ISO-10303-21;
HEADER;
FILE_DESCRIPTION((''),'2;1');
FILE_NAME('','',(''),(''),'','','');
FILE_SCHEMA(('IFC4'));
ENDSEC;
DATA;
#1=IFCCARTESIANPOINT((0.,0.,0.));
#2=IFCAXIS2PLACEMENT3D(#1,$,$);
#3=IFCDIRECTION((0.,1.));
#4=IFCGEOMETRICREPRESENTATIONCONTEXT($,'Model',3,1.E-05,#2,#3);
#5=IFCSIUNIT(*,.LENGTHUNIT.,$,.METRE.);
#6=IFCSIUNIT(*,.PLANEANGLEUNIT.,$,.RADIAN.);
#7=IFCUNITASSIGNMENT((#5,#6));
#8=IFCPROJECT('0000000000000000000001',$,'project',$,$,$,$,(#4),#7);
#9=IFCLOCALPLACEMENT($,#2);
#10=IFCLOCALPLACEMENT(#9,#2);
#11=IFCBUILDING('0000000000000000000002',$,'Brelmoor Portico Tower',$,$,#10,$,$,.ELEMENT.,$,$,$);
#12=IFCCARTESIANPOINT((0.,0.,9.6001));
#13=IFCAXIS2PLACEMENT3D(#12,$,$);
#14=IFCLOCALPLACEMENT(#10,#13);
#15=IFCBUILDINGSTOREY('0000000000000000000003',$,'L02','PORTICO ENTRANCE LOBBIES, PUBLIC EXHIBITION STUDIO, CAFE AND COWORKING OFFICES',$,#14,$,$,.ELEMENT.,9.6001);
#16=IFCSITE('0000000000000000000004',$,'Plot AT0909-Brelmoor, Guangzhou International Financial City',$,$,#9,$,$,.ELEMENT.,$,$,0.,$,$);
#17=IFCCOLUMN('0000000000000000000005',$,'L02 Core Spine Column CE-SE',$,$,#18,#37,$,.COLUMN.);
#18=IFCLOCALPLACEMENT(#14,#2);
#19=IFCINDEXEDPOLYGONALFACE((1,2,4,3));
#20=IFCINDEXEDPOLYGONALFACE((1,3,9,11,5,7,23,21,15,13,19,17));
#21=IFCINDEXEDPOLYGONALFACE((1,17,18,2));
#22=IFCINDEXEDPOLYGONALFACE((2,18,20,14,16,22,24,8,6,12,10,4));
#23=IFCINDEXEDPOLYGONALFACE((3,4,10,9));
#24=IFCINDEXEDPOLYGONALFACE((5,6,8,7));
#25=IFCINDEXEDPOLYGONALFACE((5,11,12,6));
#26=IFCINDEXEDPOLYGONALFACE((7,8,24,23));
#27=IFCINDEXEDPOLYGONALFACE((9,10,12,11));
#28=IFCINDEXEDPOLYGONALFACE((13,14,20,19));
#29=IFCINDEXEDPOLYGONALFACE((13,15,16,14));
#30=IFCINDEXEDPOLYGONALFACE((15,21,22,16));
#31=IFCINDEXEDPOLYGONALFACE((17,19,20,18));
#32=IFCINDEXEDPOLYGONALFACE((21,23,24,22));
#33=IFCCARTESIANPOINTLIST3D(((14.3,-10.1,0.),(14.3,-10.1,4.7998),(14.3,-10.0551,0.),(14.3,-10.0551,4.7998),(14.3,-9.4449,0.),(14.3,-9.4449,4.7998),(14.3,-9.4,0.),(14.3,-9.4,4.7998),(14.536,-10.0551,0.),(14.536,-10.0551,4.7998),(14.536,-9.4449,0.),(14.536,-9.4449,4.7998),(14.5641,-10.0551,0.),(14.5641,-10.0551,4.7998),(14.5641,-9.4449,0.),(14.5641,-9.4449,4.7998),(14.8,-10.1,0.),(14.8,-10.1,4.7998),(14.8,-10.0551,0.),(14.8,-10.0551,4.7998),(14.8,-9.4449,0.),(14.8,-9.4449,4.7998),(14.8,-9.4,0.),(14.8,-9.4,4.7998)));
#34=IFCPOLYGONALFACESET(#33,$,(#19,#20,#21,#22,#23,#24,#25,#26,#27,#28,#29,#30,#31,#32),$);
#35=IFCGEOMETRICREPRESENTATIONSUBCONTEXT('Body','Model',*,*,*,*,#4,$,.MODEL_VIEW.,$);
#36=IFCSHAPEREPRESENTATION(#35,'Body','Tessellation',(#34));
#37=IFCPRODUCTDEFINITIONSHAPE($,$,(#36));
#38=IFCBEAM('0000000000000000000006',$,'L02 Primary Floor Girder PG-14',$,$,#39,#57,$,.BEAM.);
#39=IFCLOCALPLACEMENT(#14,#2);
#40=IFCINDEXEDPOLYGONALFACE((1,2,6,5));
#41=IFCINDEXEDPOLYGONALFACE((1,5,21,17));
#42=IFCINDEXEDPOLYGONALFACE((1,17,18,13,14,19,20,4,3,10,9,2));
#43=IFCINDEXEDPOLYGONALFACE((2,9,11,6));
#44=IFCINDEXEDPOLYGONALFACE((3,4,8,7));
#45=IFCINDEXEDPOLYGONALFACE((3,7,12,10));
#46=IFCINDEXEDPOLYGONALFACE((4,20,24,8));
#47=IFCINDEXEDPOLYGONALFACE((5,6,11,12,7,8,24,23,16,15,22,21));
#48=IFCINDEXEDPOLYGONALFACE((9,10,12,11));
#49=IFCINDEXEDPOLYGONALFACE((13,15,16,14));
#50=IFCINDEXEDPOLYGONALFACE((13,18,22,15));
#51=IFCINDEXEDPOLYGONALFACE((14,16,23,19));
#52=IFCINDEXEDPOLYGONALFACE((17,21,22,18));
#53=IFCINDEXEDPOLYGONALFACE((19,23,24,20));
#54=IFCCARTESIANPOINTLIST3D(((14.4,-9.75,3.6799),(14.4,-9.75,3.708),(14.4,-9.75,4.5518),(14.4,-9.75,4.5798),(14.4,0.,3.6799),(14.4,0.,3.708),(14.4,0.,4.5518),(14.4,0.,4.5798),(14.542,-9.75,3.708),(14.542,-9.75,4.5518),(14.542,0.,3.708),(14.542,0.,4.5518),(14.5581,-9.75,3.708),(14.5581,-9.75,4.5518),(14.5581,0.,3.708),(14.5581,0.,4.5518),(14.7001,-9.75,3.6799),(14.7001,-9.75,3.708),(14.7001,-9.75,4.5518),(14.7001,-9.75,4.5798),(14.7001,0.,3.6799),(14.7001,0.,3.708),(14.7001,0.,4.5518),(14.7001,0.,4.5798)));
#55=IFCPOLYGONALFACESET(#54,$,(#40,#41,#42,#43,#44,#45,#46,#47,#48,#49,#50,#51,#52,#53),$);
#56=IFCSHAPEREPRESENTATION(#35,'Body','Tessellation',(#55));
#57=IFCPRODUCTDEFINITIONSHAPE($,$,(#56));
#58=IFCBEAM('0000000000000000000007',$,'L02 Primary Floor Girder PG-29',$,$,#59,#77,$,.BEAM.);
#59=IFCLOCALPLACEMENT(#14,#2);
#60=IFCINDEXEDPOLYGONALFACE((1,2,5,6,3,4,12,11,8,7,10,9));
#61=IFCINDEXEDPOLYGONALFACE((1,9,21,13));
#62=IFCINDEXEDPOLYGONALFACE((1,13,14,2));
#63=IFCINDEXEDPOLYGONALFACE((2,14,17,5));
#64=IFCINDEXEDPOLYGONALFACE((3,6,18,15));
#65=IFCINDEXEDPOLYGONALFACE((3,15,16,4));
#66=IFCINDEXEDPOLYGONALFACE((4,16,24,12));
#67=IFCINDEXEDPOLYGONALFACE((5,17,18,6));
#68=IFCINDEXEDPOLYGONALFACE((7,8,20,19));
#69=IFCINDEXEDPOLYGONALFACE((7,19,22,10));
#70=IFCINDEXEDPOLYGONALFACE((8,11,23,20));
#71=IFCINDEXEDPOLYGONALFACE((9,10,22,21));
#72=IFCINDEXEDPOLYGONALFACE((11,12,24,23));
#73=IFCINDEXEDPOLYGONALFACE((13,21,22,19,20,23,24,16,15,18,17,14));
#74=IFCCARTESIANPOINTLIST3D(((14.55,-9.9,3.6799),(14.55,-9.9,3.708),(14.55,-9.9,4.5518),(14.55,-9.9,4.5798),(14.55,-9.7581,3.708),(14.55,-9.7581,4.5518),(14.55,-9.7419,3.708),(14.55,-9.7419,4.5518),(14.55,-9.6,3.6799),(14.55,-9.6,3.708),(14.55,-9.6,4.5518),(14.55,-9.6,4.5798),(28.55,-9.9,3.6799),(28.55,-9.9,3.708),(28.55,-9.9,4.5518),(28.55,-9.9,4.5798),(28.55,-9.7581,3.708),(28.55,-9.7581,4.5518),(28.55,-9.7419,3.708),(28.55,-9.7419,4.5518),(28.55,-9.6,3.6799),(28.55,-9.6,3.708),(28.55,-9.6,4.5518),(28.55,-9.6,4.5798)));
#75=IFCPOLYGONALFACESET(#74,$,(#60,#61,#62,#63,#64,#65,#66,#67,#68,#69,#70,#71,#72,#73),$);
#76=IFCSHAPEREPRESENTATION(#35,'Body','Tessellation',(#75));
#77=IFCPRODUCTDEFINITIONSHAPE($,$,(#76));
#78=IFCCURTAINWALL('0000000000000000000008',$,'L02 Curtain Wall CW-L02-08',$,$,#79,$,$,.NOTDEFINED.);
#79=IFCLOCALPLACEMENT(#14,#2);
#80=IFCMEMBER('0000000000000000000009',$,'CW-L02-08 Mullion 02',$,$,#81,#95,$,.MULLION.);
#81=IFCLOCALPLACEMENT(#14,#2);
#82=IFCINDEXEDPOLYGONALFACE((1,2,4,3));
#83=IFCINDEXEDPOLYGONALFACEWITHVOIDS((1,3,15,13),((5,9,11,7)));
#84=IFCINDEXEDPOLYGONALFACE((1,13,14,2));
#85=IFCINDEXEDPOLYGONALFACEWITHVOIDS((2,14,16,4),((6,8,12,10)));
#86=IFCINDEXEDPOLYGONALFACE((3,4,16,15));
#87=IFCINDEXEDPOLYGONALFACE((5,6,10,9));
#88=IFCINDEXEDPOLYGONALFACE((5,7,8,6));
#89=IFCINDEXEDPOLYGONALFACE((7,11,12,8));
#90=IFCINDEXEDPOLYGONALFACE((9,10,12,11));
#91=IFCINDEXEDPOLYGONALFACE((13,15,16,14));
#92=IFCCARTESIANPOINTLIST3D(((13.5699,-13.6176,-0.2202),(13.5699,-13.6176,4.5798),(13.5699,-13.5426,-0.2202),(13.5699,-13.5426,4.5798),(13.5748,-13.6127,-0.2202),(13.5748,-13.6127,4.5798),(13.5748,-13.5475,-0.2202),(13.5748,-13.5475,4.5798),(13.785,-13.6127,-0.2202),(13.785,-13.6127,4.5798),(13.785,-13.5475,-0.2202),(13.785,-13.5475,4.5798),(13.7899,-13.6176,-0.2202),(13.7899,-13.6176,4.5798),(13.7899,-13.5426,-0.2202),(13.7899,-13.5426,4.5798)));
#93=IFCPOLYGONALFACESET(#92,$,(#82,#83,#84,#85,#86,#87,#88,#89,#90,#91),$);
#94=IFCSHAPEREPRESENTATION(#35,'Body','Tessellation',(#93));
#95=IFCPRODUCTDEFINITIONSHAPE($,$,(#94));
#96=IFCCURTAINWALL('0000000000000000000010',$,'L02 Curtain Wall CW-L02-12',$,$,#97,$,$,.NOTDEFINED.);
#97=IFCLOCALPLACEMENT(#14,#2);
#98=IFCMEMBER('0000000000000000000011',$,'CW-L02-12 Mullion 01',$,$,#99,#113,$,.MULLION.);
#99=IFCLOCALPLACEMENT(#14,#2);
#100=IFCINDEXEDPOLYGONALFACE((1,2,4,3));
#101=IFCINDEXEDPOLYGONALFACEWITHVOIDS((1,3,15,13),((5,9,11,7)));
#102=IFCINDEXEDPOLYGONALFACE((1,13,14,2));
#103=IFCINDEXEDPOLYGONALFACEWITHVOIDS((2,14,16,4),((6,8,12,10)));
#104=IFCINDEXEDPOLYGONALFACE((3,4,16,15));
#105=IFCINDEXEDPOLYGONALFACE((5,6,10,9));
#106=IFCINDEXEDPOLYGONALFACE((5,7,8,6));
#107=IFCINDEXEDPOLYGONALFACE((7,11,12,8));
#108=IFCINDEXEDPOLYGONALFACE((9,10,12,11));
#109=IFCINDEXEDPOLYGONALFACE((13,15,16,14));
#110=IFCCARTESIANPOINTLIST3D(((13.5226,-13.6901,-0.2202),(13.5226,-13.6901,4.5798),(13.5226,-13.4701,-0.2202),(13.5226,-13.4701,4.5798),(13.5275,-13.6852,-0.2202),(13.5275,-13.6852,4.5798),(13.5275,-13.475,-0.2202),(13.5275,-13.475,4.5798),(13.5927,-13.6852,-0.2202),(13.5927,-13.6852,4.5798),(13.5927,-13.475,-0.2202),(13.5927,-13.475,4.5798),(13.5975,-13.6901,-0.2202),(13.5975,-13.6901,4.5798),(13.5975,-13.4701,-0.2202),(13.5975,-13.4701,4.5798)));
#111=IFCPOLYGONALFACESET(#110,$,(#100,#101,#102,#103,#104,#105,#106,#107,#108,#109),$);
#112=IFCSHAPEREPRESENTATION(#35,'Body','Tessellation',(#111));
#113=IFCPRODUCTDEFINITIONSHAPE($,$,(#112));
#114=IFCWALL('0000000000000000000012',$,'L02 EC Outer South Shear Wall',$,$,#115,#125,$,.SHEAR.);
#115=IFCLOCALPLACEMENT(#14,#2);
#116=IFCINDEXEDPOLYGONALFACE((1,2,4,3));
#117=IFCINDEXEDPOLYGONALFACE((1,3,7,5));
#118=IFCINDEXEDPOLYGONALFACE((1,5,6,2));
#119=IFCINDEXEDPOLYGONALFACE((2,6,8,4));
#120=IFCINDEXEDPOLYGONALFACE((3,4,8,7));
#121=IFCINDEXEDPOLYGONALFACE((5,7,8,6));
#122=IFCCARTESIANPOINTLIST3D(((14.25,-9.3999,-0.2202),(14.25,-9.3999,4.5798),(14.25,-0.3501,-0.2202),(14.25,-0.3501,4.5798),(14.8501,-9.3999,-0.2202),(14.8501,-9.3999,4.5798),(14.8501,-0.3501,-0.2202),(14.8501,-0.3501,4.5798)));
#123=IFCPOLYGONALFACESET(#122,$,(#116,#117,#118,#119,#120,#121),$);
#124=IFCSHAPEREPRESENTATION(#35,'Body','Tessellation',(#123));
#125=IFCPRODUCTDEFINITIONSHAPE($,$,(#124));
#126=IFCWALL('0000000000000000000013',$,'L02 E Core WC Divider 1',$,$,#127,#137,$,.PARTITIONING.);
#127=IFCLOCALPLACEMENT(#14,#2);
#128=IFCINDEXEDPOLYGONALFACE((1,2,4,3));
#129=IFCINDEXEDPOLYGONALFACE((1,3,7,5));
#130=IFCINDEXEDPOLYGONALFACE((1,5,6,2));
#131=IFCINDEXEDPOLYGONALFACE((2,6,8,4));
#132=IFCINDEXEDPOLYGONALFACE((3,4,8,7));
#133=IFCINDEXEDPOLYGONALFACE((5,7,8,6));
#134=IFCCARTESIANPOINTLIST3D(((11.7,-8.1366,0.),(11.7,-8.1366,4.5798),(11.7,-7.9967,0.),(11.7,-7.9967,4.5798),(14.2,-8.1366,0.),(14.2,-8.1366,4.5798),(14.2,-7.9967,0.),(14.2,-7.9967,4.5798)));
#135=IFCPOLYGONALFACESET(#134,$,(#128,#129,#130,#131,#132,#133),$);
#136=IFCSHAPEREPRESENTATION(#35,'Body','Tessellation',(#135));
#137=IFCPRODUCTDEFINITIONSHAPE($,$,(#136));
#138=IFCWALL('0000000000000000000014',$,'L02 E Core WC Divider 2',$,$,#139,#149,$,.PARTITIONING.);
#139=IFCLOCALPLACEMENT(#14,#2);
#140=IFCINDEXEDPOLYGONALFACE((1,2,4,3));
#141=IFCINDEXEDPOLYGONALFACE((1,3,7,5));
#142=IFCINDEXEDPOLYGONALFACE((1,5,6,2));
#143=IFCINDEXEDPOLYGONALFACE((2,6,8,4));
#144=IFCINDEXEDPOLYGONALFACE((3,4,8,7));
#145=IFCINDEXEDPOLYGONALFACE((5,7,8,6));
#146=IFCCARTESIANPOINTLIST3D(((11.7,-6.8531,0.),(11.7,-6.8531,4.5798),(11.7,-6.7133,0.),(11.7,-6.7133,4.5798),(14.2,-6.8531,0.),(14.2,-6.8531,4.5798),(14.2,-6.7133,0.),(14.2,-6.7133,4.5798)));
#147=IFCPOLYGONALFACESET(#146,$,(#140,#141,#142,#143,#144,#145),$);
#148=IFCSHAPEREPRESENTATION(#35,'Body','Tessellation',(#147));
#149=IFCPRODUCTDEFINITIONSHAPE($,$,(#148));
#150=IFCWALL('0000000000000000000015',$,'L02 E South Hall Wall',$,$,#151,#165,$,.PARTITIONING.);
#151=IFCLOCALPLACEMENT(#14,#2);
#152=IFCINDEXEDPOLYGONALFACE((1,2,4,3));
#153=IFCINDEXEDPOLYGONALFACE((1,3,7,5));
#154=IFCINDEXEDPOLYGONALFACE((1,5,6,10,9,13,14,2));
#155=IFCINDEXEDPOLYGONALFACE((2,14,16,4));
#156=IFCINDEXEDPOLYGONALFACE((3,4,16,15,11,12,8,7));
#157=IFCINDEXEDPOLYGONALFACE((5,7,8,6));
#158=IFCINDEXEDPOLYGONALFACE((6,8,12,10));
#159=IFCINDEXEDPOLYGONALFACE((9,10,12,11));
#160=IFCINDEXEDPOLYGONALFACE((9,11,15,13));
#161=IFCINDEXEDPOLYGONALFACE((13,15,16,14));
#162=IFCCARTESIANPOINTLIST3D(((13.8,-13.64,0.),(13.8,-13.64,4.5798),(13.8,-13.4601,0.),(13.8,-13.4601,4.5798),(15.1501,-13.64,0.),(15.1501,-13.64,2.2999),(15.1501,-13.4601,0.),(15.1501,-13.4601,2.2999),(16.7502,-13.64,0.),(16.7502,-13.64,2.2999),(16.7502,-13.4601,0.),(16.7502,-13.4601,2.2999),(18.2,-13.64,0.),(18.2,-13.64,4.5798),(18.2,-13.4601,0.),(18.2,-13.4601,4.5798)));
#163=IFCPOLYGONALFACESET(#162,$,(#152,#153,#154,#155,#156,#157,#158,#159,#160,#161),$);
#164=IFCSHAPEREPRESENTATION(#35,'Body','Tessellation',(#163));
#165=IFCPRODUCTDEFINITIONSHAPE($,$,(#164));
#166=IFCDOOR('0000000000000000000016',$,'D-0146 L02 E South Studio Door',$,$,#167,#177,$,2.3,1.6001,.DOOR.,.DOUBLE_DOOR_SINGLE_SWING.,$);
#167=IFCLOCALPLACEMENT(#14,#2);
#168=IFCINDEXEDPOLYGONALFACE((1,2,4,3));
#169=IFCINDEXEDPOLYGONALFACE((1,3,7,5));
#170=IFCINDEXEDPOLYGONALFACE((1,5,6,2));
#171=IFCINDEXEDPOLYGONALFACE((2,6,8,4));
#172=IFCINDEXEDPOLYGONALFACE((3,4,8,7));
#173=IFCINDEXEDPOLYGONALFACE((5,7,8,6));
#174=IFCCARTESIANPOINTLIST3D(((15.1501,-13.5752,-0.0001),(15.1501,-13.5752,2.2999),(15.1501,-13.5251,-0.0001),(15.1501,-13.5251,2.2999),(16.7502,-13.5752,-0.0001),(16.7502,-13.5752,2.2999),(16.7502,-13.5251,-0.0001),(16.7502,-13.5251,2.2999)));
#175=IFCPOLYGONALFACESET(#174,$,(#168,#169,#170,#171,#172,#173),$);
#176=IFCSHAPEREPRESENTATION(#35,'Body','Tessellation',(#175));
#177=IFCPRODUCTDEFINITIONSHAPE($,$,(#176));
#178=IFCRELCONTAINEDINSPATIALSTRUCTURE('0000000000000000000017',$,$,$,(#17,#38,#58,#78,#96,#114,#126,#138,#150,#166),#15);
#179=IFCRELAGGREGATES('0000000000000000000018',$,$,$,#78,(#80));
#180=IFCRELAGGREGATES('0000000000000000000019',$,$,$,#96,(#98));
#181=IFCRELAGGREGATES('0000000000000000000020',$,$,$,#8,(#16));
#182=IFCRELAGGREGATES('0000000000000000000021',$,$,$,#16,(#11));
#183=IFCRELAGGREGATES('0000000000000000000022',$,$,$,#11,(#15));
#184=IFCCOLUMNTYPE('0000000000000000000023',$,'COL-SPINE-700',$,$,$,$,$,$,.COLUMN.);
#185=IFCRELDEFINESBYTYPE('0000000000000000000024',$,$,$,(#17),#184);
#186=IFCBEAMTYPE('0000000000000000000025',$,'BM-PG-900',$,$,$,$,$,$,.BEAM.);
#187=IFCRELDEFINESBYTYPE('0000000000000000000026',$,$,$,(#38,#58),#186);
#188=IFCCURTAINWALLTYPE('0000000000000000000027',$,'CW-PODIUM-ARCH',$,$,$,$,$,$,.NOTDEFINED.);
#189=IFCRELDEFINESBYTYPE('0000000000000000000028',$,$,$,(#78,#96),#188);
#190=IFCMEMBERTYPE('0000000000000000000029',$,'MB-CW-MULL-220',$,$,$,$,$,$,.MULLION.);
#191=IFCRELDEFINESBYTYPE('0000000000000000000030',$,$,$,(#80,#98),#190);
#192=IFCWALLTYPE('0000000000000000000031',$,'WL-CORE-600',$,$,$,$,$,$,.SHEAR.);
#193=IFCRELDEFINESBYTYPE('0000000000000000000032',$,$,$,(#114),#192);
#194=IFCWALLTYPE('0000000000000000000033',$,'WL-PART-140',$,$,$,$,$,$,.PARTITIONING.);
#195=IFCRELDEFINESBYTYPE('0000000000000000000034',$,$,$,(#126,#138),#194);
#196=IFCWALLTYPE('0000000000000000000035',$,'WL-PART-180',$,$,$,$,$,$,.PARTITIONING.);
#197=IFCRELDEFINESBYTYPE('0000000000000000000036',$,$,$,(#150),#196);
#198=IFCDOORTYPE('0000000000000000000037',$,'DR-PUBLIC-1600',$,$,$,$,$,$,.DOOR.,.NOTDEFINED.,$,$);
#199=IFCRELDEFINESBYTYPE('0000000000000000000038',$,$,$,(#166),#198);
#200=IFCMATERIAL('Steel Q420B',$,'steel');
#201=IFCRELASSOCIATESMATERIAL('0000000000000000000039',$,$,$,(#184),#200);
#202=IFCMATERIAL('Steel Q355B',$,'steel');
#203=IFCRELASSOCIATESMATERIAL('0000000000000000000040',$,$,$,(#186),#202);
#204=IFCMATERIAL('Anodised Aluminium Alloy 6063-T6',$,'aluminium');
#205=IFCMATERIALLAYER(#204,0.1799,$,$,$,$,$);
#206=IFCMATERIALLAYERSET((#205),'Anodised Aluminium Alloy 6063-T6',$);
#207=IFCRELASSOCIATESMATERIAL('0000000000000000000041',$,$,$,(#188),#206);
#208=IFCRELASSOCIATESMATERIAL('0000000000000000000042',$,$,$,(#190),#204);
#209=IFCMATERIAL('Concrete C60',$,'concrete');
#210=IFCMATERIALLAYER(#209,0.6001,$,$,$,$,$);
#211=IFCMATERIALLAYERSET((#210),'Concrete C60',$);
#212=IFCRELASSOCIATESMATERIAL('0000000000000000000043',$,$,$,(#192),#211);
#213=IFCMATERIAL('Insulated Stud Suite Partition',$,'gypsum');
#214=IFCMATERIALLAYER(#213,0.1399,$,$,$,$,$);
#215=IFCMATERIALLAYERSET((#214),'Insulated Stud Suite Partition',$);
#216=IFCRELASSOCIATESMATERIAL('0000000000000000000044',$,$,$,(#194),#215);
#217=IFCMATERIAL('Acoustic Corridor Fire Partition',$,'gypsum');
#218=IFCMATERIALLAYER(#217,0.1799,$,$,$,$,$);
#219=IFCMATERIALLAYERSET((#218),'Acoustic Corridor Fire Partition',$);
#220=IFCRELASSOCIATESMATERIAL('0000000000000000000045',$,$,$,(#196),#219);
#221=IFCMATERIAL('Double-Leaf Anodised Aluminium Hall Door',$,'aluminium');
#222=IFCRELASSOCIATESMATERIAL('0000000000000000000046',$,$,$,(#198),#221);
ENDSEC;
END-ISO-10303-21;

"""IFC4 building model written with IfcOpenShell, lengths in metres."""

from ifc_helpers import new_model, si_unit, direction, frame, frame_2d, origin, origin_2d, place, context, subcontext, project, spatial, rectangle, hollow_rectangle, i_section, extrude, material, layer, layer_set, material_profile, profile_set, type_object, element, fill, aggregate, save


model = new_model("IFC4")

# Units and contexts
model_context = context("Model", 3, precision=1e-05, world=origin(), true_north=direction((0.0, 1.0)))
body_context = subcontext(model_context, "Body", "Model", "MODEL_VIEW")
ifc_project = project(units=[si_unit("LENGTHUNIT", "METRE"), si_unit("PLANEANGLEUNIT", "RADIAN")], contexts=[model_context])

# Site, building, storey
site_placement = place(None, origin())
site = spatial("IfcSite", under=ifc_project, at=site_placement, Name="Plot AT0909-Brelmoor, Guangzhou International Financial City", CompositionType="ELEMENT", RefElevation=0.0)
building_placement = place(site_placement, origin())
building = spatial("IfcBuilding", under=site, at=building_placement, Name="Brelmoor Portico Tower", CompositionType="ELEMENT")
storey_placement = place(building_placement, frame((0.0, 0.0, 9.6001)))
storey = spatial("IfcBuildingStorey", under=building, at=storey_placement, Name="L02", Description="PORTICO ENTRANCE LOBBIES, PUBLIC EXHIBITION STUDIO, CAFE AND COWORKING OFFICES", CompositionType="ELEMENT", Elevation=9.6001)

# Column
ifc_material_1 = material(Name="Steel Q420B", Category="steel")
ifc_material_profile_1 = material_profile(ifc_material_1, i_section(OverallWidth=0.5, OverallDepth=0.7, WebThickness=0.0281, FlangeThickness=0.0449, at=origin_2d()), Name="HW 700x500x28x45")
ifc_profile_set_1 = profile_set([ifc_material_profile_1], Name="Steel Q420B")
column_type = type_object("IfcColumnType", Name="COL-SPINE-700", PredefinedType="COLUMN", material=ifc_profile_set_1)
column_placement = place(storey_placement, frame((14.55, -9.75, 0.0), z_axis=(0.0, 0.0, 1.0), x_axis=(1.0, 0.0, 0.0)))
element("IfcColumn", 1, at=column_placement, inside=storey, type_object=column_type, Name="L02 Core Spine Column CE-SE", PredefinedType="COLUMN", context=body_context, shape_type="SweptSolid", body=[
    extrude(i_section(OverallWidth=0.5, OverallDepth=0.7, WebThickness=0.0281, FlangeThickness=0.0449, at=origin_2d()), origin(), (0.0, 0.0, 1.0), 4.7998),
])

# Beams
ifc_material_2 = material(Name="Steel Q355B", Category="steel")
ifc_material_profile_2 = material_profile(ifc_material_2, i_section(OverallWidth=0.3, OverallDepth=0.8999, WebThickness=0.0161, FlangeThickness=0.0281, at=origin_2d()), Name="HN 900x300x16x28")
ifc_profile_set_2 = profile_set([ifc_material_profile_2], Name="Steel Q355B")
beam_type = type_object("IfcBeamType", Name="BM-PG-900", PredefinedType="BEAM", material=ifc_profile_set_2)
beam_1_placement = place(storey_placement, frame((14.55, -9.75, 4.1299), z_axis=(0.0, 1.0, 0.0), x_axis=(-1.0, 0.0, 0.0)))
element("IfcBeam", 2, at=beam_1_placement, inside=storey, type_object=beam_type, Name="L02 Primary Floor Girder PG-14", PredefinedType="BEAM", context=body_context, shape_type="SweptSolid", body=[
    extrude(i_section(OverallWidth=0.3, OverallDepth=0.8999, WebThickness=0.0161, FlangeThickness=0.0281, at=origin_2d()), origin(), (0.0, 0.0, 1.0), 9.75),
])
beam_2_placement = place(storey_placement, frame((14.55, -9.75, 4.1299), z_axis=(1.0, 0.0, 0.0), x_axis=(0.0, 1.0, 0.0)))
element("IfcBeam", 3, at=beam_2_placement, inside=storey, type_object=beam_type, Name="L02 Primary Floor Girder PG-29", PredefinedType="BEAM", context=body_context, shape_type="SweptSolid", body=[
    extrude(i_section(OverallWidth=0.3, OverallDepth=0.8999, WebThickness=0.0161, FlangeThickness=0.0281, at=origin_2d()), origin(), (0.0, 0.0, 1.0), 14.0),
])

# Curtain walls, members
ifc_material_3 = material(Name="Anodised Aluminium Alloy 6063-T6", Category="aluminium")
ifc_layer_1 = layer(ifc_material_3, 0.1799)
ifc_layer_set_1 = layer_set([ifc_layer_1], Name="Anodised Aluminium Alloy 6063-T6")
curtain_wall_type = type_object("IfcCurtainWallType", Name="CW-PODIUM-ARCH", PredefinedType="NOTDEFINED", material=ifc_layer_set_1)
curtain_wall_1_placement = place(storey_placement, origin())
curtain_wall_1 = element("IfcCurtainWall", 4, at=curtain_wall_1_placement, inside=storey, type_object=curtain_wall_type, Name="L02 Curtain Wall CW-L02-08", PredefinedType="NOTDEFINED")
ifc_material_profile_3 = material_profile(ifc_material_3, hollow_rectangle(XDim=0.075, YDim=0.22, WallThickness=0.0049, at=origin_2d()), Name="ALU MULLION 75x220")
ifc_profile_set_3 = profile_set([ifc_material_profile_3], Name="Anodised Aluminium Alloy 6063-T6")
member_type = type_object("IfcMemberType", Name="MB-CW-MULL-220", PredefinedType="MULLION", material=ifc_profile_set_3)
member_1_placement = place(storey_placement, frame((13.6799, -13.5801, -0.2202), z_axis=(0.0, 0.0, 1.0), x_axis=(0.0, 1.0, 0.0)))
member_1 = element("IfcMember", 5, at=member_1_placement, type_object=member_type, Name="CW-L02-08 Mullion 02", PredefinedType="MULLION", context=body_context, shape_type="SweptSolid", body=[
    extrude(hollow_rectangle(XDim=0.075, YDim=0.22, WallThickness=0.0049, at=origin_2d()), origin(), (0.0, 0.0, 1.0), 4.8),
])
aggregate(curtain_wall_1, [member_1])
curtain_wall_2_placement = place(storey_placement, origin())
curtain_wall_2 = element("IfcCurtainWall", 6, at=curtain_wall_2_placement, inside=storey, type_object=curtain_wall_type, Name="L02 Curtain Wall CW-L02-12", PredefinedType="NOTDEFINED")
member_2_placement = place(storey_placement, frame((13.5601, -13.5801, -0.2202), z_axis=(0.0, 0.0, 1.0), x_axis=(1.0, 0.0, 0.0)))
member_2 = element("IfcMember", 7, at=member_2_placement, type_object=member_type, Name="CW-L02-12 Mullion 01", PredefinedType="MULLION", context=body_context, shape_type="SweptSolid", body=[
    extrude(hollow_rectangle(XDim=0.075, YDim=0.22, WallThickness=0.0049, at=origin_2d()), origin(), (0.0, 0.0, 1.0), 4.8),
])
aggregate(curtain_wall_2, [member_2])

# Walls
ifc_material_4 = material(Name="Concrete C60", Category="concrete")
ifc_layer_2 = layer(ifc_material_4, 0.6001)
ifc_layer_set_2 = layer_set([ifc_layer_2], Name="Concrete C60")
wall_type_1 = type_object("IfcWallType", Name="WL-CORE-600", PredefinedType="SHEAR", material=ifc_layer_set_2)
wall_1_placement = place(storey_placement, frame((14.55, -9.3999, -0.2202), z_axis=(0.0, 0.0, 1.0), x_axis=(0.0, 1.0, 0.0)))
element("IfcWall", 8, at=wall_1_placement, inside=storey, type_object=wall_type_1, Name="L02 EC Outer South Shear Wall", PredefinedType="SHEAR", context=body_context, shape_type="SweptSolid", body=[
    extrude(rectangle(XDim=9.0498, YDim=0.6001, at=frame_2d((4.5249, 0.0))), origin(), (0.0, 0.0, 1.0), 4.8),
])
ifc_material_5 = material(Name="Insulated Stud Suite Partition", Category="gypsum")
ifc_layer_3 = layer(ifc_material_5, 0.1399)
ifc_layer_set_3 = layer_set([ifc_layer_3], Name="Insulated Stud Suite Partition")
wall_type_2 = type_object("IfcWallType", Name="WL-PART-140", PredefinedType="PARTITIONING", material=ifc_layer_set_3)
for number, where, z_axis, x_axis, name in (
    (9, (11.7, -8.0667, 0.0), (0.0, 0.0, 1.0), (1.0, 0.0, 0.0), "L02 E Core WC Divider 1"),
    (10, (11.7, -6.7832, 0.0), (0.0, 0.0, 1.0), (1.0, 0.0, 0.0), "L02 E Core WC Divider 2"),
):
    element("IfcWall", number, at=place(storey_placement, frame(where, z_axis=z_axis, x_axis=x_axis)), inside=storey, type_object=wall_type_2, Name=name, PredefinedType="PARTITIONING", context=body_context, shape_type="SweptSolid", body=[
        extrude(rectangle(XDim=2.5, YDim=0.1399, at=frame_2d((1.25, 0.0))), origin(), (0.0, 0.0, 1.0), 4.5798),
    ])

# Wall, opening, door
ifc_material_6 = material(Name="Acoustic Corridor Fire Partition", Category="gypsum")
ifc_layer_4 = layer(ifc_material_6, 0.1799)
ifc_layer_set_4 = layer_set([ifc_layer_4], Name="Acoustic Corridor Fire Partition")
wall_type_3 = type_object("IfcWallType", Name="WL-PART-180", PredefinedType="PARTITIONING", material=ifc_layer_set_4)
wall_2_placement = place(storey_placement, frame((13.8, -13.55, 0.0), z_axis=(0.0, 0.0, 1.0), x_axis=(1.0, 0.0, 0.0)))
wall_2 = element("IfcWall", 11, at=wall_2_placement, inside=storey, type_object=wall_type_3, Name="L02 E South Hall Wall", PredefinedType="PARTITIONING", context=body_context, shape_type="SweptSolid", body=[
    extrude(rectangle(XDim=4.3999, YDim=0.1799, at=frame_2d((2.2, 0.0))), origin(), (0.0, 0.0, 1.0), 4.5798),
])
opening_1_placement = place(wall_2_placement, frame((1.3501, 0.0, 0.0)))
opening_1 = element("IfcOpeningElement", 12, at=opening_1_placement, cuts=wall_2, PredefinedType="OPENING", context=body_context, shape_type="SweptSolid", body=[
    extrude(rectangle(XDim=1.6001, YDim=2.3, at=frame_2d((0.8, 1.1499))), frame((0.0, 0.0999, 0.0), z_axis=(0.0, -1.0, 0.0), x_axis=(1.0, 0.0, 0.0)), (0.0, 0.0, 1.0), 0.2),
])
ifc_material_7 = material(Name="Double-Leaf Anodised Aluminium Hall Door", Category="aluminium")
door_type_1 = type_object("IfcDoorType", Name="DR-PUBLIC-1600", OperationType="NOTDEFINED", PredefinedType="DOOR", material=ifc_material_7)
door_1_placement = place(opening_1_placement, origin())
door_1 = element("IfcDoor", 13, at=door_1_placement, inside=storey, type_object=door_type_1, Name="D-0146 L02 E South Studio Door", OperationType="DOUBLE_DOOR_SINGLE_SWING", OverallHeight=2.3, OverallWidth=1.6001, PredefinedType="DOOR", context=body_context, shape_type="SweptSolid", body=[
    extrude(rectangle(XDim=1.6001, YDim=2.3, at=frame_2d((0.8, 1.1499))), frame((0.0, 0.0249, 0.0), z_axis=(0.0, -1.0, 0.0), x_axis=(1.0, 0.0, 0.0)), (0.0, 0.0, 1.0), 0.05),
])
fill(opening_1, door_1)

save(model, "model.ifc")
